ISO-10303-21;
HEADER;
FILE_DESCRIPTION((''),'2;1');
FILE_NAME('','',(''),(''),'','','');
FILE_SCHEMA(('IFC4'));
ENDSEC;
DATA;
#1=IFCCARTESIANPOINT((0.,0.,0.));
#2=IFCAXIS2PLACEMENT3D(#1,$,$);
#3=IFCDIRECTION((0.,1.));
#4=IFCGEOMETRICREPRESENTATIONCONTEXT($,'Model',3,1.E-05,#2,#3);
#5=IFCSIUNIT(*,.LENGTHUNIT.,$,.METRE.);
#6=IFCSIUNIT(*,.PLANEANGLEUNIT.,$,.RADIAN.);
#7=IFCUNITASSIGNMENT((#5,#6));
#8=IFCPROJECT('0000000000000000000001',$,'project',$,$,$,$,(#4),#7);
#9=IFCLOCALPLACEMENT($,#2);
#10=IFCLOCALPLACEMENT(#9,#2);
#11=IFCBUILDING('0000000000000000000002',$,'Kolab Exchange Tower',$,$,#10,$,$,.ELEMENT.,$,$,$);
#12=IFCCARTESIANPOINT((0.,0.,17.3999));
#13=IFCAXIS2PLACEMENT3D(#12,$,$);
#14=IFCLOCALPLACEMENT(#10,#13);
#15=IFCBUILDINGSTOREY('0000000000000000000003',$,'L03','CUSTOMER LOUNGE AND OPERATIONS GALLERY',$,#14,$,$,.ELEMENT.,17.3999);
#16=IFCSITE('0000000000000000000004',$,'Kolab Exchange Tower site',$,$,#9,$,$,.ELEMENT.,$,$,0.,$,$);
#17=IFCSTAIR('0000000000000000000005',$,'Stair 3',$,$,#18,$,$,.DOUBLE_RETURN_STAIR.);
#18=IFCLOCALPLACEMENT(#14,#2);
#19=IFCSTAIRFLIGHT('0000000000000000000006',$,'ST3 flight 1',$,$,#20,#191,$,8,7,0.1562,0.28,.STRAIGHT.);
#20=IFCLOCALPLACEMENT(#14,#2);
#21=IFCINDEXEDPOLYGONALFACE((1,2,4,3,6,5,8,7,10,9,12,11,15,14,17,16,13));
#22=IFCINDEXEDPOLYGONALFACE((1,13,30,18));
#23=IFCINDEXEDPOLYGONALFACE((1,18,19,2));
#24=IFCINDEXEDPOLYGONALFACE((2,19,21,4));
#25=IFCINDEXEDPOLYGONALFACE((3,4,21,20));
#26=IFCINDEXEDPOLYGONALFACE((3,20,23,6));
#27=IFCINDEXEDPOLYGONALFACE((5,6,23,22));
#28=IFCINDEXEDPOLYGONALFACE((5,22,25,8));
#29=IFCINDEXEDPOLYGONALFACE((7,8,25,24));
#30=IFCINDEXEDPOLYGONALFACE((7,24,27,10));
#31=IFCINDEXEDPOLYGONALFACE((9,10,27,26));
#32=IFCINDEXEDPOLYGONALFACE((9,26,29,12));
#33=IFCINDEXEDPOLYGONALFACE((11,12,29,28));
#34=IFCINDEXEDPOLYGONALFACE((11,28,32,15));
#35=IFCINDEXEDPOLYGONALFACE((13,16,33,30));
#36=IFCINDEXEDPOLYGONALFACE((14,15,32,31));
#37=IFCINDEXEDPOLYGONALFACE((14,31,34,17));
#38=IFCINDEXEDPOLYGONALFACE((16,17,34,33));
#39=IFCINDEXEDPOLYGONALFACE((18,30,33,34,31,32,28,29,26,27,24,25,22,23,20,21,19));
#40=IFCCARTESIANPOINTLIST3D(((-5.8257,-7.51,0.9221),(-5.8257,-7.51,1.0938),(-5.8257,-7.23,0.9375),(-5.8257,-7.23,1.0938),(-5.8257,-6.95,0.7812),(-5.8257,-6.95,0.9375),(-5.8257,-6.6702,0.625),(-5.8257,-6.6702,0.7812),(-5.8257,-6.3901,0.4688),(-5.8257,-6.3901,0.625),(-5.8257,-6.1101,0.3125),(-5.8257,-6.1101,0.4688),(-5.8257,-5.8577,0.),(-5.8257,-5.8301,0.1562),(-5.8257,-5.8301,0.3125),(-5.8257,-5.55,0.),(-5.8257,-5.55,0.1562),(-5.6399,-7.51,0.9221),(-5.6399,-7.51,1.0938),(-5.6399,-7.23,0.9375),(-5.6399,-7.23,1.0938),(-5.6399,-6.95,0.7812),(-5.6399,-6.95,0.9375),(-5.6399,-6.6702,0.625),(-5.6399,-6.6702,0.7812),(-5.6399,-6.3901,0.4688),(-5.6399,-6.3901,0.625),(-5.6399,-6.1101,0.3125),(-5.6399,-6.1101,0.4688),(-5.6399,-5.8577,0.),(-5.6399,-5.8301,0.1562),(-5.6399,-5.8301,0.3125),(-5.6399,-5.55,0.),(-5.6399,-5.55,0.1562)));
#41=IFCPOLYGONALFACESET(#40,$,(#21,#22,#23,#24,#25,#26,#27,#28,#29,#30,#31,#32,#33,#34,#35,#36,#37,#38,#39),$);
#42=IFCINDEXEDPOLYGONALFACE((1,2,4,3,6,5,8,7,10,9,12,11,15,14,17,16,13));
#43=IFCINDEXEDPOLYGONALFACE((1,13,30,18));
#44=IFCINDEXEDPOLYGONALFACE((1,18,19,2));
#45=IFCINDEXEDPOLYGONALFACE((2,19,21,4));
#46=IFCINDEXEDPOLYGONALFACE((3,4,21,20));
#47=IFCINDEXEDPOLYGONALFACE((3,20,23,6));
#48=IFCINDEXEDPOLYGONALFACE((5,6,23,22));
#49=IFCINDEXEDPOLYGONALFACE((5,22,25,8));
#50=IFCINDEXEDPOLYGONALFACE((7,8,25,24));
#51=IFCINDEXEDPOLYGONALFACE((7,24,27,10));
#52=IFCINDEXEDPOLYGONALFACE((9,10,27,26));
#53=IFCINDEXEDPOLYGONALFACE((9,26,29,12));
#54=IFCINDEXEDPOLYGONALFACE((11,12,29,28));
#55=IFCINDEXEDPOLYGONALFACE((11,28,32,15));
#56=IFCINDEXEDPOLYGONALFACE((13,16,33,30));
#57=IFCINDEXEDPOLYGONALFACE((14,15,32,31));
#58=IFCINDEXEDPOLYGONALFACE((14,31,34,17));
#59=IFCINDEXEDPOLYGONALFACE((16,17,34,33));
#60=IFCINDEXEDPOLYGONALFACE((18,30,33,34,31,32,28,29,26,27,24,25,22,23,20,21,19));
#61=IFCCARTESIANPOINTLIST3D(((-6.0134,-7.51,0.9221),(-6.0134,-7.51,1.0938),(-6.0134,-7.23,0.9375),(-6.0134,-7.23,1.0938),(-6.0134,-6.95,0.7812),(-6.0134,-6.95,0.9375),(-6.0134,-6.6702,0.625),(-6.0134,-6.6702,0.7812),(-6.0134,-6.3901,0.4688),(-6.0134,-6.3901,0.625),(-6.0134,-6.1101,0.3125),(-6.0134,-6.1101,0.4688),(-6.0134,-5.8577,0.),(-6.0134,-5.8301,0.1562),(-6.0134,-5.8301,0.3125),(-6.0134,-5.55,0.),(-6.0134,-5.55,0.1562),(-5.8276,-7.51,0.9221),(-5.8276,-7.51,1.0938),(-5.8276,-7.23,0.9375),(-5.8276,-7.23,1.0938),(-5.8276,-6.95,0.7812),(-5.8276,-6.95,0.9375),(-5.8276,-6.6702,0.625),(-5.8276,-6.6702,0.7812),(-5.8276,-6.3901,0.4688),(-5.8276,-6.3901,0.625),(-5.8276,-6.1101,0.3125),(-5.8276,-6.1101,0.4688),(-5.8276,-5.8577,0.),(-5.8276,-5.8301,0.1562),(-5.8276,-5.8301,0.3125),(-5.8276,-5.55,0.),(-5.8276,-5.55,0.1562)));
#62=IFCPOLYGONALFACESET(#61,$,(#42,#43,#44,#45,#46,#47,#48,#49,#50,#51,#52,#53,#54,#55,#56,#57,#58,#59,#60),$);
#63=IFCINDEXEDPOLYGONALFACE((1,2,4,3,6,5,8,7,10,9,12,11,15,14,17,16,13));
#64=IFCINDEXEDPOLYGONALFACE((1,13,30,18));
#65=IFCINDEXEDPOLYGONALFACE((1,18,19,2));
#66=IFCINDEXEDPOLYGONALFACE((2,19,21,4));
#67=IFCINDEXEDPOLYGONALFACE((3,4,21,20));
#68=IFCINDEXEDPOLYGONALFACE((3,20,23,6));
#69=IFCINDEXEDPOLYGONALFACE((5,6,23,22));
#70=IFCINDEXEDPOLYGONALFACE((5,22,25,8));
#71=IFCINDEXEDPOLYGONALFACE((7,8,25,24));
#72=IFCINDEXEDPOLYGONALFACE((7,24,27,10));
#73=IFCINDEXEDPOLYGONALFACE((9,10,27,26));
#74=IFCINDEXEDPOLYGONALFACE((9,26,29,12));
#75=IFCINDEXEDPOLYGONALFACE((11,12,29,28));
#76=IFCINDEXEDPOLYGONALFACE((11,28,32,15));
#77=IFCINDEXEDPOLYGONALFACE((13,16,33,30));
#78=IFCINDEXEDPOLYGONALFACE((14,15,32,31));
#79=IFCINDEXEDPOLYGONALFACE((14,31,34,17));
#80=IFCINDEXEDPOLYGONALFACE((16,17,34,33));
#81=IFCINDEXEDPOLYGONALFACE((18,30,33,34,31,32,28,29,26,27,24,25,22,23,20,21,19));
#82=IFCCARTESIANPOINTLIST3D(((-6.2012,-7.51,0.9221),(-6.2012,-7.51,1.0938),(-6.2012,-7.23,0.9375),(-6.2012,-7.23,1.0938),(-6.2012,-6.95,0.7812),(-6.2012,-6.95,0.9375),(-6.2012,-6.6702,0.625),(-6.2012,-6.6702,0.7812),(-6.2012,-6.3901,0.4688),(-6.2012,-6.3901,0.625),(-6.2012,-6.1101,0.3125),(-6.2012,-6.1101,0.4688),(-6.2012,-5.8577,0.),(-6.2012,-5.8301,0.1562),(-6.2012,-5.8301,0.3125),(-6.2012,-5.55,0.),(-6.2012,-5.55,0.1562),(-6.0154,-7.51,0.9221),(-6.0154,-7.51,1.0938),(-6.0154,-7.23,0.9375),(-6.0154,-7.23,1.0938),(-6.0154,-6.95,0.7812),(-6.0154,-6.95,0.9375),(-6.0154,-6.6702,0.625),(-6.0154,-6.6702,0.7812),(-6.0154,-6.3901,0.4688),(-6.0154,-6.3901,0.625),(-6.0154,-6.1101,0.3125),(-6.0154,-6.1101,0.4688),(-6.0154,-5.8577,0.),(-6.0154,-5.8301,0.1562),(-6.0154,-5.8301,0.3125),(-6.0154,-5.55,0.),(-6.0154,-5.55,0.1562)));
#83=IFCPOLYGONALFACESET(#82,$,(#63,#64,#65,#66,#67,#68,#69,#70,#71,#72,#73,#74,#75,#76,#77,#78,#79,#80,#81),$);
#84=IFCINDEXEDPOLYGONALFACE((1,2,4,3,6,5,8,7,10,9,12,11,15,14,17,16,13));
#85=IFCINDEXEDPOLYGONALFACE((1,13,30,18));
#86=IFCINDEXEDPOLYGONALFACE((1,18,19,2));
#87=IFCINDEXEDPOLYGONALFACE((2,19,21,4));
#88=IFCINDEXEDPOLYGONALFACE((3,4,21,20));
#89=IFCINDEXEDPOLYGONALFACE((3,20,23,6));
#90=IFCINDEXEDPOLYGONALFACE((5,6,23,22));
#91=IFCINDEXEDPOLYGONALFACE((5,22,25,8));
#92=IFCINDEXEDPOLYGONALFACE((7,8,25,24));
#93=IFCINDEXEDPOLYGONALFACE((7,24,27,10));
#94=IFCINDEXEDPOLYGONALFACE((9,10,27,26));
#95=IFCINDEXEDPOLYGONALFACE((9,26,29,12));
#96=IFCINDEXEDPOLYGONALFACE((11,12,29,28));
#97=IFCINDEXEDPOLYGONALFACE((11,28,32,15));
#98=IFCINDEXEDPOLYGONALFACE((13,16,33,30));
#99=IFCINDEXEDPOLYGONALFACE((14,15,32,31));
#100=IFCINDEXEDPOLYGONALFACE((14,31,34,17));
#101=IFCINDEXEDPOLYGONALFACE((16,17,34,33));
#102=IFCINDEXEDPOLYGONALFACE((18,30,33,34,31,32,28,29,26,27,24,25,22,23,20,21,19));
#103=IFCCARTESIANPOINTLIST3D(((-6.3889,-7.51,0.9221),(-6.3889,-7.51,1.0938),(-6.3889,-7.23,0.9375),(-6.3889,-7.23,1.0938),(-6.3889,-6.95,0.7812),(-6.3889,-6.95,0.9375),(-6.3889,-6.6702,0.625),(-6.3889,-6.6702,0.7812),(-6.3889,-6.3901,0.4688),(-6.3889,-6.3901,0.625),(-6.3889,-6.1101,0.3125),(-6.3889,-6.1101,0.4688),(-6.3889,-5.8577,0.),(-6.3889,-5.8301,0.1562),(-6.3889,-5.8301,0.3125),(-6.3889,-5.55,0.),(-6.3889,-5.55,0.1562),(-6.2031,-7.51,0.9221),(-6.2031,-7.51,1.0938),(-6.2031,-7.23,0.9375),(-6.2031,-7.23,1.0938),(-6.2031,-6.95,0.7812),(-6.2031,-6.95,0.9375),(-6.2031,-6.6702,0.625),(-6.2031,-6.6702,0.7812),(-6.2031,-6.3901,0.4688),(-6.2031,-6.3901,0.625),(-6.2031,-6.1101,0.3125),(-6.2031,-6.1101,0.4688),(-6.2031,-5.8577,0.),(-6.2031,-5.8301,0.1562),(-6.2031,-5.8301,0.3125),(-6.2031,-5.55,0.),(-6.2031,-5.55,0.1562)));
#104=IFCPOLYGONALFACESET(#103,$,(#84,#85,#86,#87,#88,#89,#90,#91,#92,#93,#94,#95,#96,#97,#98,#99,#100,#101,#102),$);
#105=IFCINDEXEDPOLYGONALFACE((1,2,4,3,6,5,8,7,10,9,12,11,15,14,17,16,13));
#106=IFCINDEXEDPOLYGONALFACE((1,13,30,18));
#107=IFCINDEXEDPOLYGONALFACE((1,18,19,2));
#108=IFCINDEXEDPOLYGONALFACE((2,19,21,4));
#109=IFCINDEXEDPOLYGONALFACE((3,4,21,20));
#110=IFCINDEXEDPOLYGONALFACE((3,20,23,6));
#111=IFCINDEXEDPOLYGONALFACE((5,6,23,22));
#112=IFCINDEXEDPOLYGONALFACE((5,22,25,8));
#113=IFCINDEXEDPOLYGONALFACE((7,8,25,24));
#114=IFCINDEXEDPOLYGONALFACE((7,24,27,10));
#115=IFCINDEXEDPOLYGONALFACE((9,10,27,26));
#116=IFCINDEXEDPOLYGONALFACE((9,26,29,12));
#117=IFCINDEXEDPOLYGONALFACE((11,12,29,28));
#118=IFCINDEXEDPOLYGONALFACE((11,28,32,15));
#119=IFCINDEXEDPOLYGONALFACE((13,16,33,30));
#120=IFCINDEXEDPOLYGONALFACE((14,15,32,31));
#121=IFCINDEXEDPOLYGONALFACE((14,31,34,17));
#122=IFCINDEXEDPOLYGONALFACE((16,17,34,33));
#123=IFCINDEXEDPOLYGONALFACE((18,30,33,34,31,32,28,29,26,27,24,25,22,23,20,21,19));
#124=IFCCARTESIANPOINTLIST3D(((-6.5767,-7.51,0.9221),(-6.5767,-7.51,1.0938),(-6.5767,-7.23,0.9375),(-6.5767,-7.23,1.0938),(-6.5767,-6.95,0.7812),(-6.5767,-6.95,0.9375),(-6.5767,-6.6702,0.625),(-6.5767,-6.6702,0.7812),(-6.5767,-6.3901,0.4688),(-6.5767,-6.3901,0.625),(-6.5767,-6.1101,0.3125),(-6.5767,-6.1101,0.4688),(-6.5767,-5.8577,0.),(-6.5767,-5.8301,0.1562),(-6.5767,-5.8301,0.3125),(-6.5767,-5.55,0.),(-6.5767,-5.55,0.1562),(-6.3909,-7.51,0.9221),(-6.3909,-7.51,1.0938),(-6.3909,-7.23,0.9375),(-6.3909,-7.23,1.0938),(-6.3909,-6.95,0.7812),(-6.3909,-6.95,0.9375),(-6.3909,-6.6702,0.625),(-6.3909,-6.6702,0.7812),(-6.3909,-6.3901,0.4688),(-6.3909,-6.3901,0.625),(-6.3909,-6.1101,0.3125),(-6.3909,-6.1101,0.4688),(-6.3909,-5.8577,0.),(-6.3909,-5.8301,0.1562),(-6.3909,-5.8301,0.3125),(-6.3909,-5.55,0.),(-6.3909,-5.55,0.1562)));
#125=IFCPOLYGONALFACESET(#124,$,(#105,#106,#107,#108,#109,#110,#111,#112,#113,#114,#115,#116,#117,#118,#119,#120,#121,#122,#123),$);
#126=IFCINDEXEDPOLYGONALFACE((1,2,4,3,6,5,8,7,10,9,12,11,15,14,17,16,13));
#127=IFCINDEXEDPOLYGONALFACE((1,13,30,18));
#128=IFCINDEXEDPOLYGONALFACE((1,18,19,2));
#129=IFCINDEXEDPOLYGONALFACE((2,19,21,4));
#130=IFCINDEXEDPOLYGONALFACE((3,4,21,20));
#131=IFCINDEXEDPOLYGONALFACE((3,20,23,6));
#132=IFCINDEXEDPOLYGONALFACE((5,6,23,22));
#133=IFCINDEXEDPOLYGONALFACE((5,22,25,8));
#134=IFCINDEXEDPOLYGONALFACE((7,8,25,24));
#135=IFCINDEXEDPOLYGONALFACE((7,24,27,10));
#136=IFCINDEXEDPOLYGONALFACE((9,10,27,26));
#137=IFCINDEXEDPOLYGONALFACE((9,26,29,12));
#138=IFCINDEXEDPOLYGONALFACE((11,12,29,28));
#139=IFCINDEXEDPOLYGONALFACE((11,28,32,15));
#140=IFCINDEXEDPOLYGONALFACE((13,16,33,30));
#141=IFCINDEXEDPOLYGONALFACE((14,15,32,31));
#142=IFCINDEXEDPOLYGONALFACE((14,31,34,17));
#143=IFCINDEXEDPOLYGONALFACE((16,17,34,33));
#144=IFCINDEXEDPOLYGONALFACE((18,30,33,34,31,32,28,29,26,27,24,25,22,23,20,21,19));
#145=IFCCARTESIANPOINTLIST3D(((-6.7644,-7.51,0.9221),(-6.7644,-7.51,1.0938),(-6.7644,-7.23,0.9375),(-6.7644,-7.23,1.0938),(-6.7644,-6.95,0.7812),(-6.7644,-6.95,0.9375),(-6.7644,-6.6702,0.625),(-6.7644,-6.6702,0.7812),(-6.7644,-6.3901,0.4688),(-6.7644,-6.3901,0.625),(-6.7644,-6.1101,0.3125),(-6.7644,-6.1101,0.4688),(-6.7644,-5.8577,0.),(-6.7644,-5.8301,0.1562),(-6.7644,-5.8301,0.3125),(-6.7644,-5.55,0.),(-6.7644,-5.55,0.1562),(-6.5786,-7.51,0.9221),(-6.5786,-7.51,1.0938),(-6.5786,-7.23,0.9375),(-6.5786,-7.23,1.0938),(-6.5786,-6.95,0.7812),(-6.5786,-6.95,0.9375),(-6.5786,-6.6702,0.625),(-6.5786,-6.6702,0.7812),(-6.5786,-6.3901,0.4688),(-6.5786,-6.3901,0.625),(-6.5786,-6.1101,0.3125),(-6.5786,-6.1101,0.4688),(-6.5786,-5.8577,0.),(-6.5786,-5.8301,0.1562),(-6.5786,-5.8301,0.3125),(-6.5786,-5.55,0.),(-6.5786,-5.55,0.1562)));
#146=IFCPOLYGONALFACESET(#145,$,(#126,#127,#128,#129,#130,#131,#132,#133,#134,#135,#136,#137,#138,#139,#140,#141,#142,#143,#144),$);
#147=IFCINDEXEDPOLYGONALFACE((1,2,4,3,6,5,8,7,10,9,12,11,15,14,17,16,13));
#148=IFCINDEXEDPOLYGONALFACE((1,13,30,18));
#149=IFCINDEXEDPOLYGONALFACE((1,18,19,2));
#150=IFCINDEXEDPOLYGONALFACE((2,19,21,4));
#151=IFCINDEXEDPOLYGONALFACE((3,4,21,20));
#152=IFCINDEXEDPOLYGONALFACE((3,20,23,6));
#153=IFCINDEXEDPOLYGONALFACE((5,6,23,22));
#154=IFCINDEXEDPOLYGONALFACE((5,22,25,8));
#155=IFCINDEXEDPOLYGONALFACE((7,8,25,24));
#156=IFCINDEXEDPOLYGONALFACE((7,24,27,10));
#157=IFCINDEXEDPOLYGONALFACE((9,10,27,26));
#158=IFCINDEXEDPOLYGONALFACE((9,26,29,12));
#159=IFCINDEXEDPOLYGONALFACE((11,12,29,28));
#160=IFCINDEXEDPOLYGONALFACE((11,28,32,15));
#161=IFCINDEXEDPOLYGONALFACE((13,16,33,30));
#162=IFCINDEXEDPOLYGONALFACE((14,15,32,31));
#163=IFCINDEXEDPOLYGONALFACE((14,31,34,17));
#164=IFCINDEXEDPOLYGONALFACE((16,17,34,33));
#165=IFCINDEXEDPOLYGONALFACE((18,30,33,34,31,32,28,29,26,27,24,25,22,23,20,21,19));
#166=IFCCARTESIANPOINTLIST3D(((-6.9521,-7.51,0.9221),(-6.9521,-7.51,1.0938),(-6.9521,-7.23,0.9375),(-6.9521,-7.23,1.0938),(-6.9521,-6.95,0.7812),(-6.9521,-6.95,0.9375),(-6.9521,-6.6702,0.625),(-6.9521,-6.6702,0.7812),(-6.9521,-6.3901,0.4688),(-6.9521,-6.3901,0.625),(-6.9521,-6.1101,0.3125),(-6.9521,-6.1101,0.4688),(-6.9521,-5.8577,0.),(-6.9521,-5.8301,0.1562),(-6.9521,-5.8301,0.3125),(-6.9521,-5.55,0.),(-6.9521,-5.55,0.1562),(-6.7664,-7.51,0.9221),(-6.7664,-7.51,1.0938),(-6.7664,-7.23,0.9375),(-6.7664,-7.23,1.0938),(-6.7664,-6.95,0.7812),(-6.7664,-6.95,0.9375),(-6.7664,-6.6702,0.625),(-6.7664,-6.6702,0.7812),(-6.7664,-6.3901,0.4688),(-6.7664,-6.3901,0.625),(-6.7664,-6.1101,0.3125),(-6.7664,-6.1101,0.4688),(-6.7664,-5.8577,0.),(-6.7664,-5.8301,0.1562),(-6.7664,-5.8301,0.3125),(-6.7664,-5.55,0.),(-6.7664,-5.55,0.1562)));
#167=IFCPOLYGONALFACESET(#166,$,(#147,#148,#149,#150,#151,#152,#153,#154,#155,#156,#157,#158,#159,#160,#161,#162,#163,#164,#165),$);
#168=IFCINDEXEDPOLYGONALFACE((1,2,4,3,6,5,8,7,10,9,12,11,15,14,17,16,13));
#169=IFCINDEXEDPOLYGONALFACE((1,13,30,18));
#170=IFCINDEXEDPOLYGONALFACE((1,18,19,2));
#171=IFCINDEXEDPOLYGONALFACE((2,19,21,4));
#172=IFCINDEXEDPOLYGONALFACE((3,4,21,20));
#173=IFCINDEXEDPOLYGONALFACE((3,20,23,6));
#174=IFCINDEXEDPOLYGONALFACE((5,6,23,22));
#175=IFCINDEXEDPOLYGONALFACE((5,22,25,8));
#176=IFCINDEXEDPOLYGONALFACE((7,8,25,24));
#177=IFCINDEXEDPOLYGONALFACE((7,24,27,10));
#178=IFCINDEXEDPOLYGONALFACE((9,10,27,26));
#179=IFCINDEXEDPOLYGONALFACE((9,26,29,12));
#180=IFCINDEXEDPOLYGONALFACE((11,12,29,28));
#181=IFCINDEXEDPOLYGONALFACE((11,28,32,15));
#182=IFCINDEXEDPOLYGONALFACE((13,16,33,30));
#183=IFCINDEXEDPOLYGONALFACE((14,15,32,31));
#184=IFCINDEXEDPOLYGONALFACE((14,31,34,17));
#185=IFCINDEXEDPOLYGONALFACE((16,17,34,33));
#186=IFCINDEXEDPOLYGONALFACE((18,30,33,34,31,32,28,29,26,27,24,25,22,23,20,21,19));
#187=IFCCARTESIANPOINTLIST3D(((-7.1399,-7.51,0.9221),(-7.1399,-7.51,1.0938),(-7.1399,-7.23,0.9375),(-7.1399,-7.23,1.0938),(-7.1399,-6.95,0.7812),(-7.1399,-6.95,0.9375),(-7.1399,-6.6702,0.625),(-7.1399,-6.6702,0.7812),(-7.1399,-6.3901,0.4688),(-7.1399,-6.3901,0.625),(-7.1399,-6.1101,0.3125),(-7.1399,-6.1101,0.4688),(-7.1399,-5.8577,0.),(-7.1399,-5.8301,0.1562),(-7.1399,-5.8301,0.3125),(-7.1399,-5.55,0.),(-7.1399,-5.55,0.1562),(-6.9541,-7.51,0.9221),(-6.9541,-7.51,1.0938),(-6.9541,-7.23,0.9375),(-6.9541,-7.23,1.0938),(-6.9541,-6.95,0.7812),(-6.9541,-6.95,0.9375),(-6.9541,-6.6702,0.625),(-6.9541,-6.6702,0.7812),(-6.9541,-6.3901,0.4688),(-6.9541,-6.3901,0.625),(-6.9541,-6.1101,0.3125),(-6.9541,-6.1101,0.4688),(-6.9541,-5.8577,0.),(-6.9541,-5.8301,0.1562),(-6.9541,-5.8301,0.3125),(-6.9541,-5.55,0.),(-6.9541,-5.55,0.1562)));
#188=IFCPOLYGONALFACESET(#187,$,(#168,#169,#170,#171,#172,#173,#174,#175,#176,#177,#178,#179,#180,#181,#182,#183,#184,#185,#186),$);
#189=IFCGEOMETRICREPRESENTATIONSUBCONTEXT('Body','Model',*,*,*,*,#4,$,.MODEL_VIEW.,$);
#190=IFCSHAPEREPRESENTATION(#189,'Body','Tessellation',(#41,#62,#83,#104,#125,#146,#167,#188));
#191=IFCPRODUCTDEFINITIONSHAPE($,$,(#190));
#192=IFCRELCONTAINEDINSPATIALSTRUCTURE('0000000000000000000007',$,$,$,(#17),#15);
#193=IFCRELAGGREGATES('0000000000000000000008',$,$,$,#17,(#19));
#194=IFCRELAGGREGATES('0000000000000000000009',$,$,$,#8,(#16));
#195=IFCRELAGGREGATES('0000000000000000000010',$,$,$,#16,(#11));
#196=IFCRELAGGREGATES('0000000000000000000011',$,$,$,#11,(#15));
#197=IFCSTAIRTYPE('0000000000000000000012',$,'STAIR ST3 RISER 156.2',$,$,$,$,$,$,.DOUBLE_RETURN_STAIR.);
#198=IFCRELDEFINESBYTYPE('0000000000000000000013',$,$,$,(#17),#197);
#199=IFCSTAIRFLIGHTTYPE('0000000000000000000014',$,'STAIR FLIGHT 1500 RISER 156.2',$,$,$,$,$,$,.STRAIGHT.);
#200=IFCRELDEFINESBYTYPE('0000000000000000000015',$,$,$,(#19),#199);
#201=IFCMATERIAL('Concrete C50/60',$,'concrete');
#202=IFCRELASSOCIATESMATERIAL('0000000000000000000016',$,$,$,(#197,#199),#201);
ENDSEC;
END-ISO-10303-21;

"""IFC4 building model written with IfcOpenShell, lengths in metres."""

from ifc_helpers import new_model, si_unit, direction, frame, origin, place, context, subcontext, project, spatial, polyline, outline, extrude, material, type_object, element, aggregate, save


model = new_model("IFC4")

# Units and contexts
model_context = context("Model", 3, precision=1e-05, world=origin(), true_north=direction((0.0, 1.0)))
body_context = subcontext(model_context, "Body", "Model", "MODEL_VIEW")
ifc_project = project(units=[si_unit("LENGTHUNIT", "METRE"), si_unit("PLANEANGLEUNIT", "RADIAN")], contexts=[model_context])

# Site, building, storey
site_placement = place(None, origin())
site = spatial("IfcSite", under=ifc_project, at=site_placement, Name="Kolab Exchange Tower site", CompositionType="ELEMENT", RefElevation=0.0)
building_placement = place(site_placement, origin())
building = spatial("IfcBuilding", under=site, at=building_placement, Name="Kolab Exchange Tower", CompositionType="ELEMENT")
storey_placement = place(building_placement, frame((0.0, 0.0, 17.3999)))
storey = spatial("IfcBuildingStorey", under=building, at=storey_placement, Name="L03", Description="CUSTOMER LOUNGE AND OPERATIONS GALLERY", CompositionType="ELEMENT", Elevation=17.3999)

# Shared definitions
ifc_material_1 = material(Name="Concrete C50/60", Category="concrete")

# Stair, stair flight
stair_type = type_object("IfcStairType", Name="STAIR ST3 RISER 156.2", PredefinedType="DOUBLE_RETURN_STAIR", material=ifc_material_1)
stair_placement = place(storey_placement, origin())
stair = element("IfcStair", 1, at=stair_placement, inside=storey, type_object=stair_type, Name="Stair 3", PredefinedType="DOUBLE_RETURN_STAIR")
stair_flight_type = type_object("IfcStairFlightType", Name="STAIR FLIGHT 1500 RISER 156.2", PredefinedType="STRAIGHT", material=ifc_material_1)
stair_flight_1_placement = place(storey_placement, frame((-6.3899, -5.55, 0.0), z_axis=(0.0, 0.0, 1.0), x_axis=(0.0, -1.0, 0.0)))
stair_flight_1 = element("IfcStairFlight", 2, at=stair_flight_1_placement, type_object=stair_flight_type, Name="ST3 flight 1", NumberOfRisers=8, NumberOfTreads=7, PredefinedType="STRAIGHT", RiserHeight=0.1562, TreadLength=0.28, context=body_context, shape_type="SweptSolid", body=[
    extrude(outline(polyline([(0.0, 0.0), (0.0, 0.1562), (0.28, 0.1562), (0.28, 0.3125), (0.5601, 0.3125), (0.5601, 0.4688), (0.8401, 0.4688), (0.8401, 0.625), (1.1201, 0.625), (1.1201, 0.7812), (1.3999, 0.7812), (1.3999, 0.9375), (1.6799, 0.9375), (1.6799, 1.0938), (1.96, 1.0938), (1.96, 1.25), (1.96, 0.9221), (0.3076, 0.0), (0.0, 0.0)])), frame((0.0, 0.75, 0.0), z_axis=(0.0, -1.0, 0.0), x_axis=(1.0, 0.0, 0.0)), (0.0, 0.0, 1.0), 0.1858),
    extrude(outline(polyline([(0.0, 0.0), (0.0, 0.1562), (0.28, 0.1562), (0.28, 0.3125), (0.5601, 0.3125), (0.5601, 0.4688), (0.8401, 0.4688), (0.8401, 0.625), (1.1201, 0.625), (1.1201, 0.7812), (1.3999, 0.7812), (1.3999, 0.9375), (1.6799, 0.9375), (1.6799, 1.0938), (1.96, 1.0938), (1.96, 1.25), (1.96, 0.9221), (0.3076, 0.0), (0.0, 0.0)])), frame((0.0, 0.5623, 0.0), z_axis=(0.0, -1.0, 0.0), x_axis=(1.0, 0.0, 0.0)), (0.0, 0.0, 1.0), 0.1858),
    extrude(outline(polyline([(0.0, 0.0), (0.0, 0.1562), (0.28, 0.1562), (0.28, 0.3125), (0.5601, 0.3125), (0.5601, 0.4688), (0.8401, 0.4688), (0.8401, 0.625), (1.1201, 0.625), (1.1201, 0.7812), (1.3999, 0.7812), (1.3999, 0.9375), (1.6799, 0.9375), (1.6799, 1.0938), (1.96, 1.0938), (1.96, 1.25), (1.96, 0.9221), (0.3076, 0.0), (0.0, 0.0)])), frame((0.0, 0.3745, 0.0), z_axis=(0.0, -1.0, 0.0), x_axis=(1.0, 0.0, 0.0)), (0.0, 0.0, 1.0), 0.1858),
    extrude(outline(polyline([(0.0, 0.0), (0.0, 0.1562), (0.28, 0.1562), (0.28, 0.3125), (0.5601, 0.3125), (0.5601, 0.4688), (0.8401, 0.4688), (0.8401, 0.625), (1.1201, 0.625), (1.1201, 0.7812), (1.3999, 0.7812), (1.3999, 0.9375), (1.6799, 0.9375), (1.6799, 1.0938), (1.96, 1.0938), (1.96, 1.25), (1.96, 0.9221), (0.3076, 0.0), (0.0, 0.0)])), frame((0.0, 0.1868, 0.0), z_axis=(0.0, -1.0, 0.0), x_axis=(1.0, 0.0, 0.0)), (0.0, 0.0, 1.0), 0.1858),
    extrude(outline(polyline([(0.0, 0.0), (0.0, 0.1562), (0.28, 0.1562), (0.28, 0.3125), (0.5601, 0.3125), (0.5601, 0.4688), (0.8401, 0.4688), (0.8401, 0.625), (1.1201, 0.625), (1.1201, 0.7812), (1.3999, 0.7812), (1.3999, 0.9375), (1.6799, 0.9375), (1.6799, 1.0938), (1.96, 1.0938), (1.96, 1.25), (1.96, 0.9221), (0.3076, 0.0), (0.0, 0.0)])), frame((0.0, -0.001, 0.0), z_axis=(0.0, -1.0, 0.0), x_axis=(1.0, 0.0, 0.0)), (0.0, 0.0, 1.0), 0.1858),
    extrude(outline(polyline([(0.0, 0.0), (0.0, 0.1562), (0.28, 0.1562), (0.28, 0.3125), (0.5601, 0.3125), (0.5601, 0.4688), (0.8401, 0.4688), (0.8401, 0.625), (1.1201, 0.625), (1.1201, 0.7812), (1.3999, 0.7812), (1.3999, 0.9375), (1.6799, 0.9375), (1.6799, 1.0938), (1.96, 1.0938), (1.96, 1.25), (1.96, 0.9221), (0.3076, 0.0), (0.0, 0.0)])), frame((0.0, -0.1887, 0.0), z_axis=(0.0, -1.0, 0.0), x_axis=(1.0, 0.0, 0.0)), (0.0, 0.0, 1.0), 0.1858),
    extrude(outline(polyline([(0.0, 0.0), (0.0, 0.1562), (0.28, 0.1562), (0.28, 0.3125), (0.5601, 0.3125), (0.5601, 0.4688), (0.8401, 0.4688), (0.8401, 0.625), (1.1201, 0.625), (1.1201, 0.7812), (1.3999, 0.7812), (1.3999, 0.9375), (1.6799, 0.9375), (1.6799, 1.0938), (1.96, 1.0938), (1.96, 1.25), (1.96, 0.9221), (0.3076, 0.0), (0.0, 0.0)])), frame((0.0, -0.3765, 0.0), z_axis=(0.0, -1.0, 0.0), x_axis=(1.0, 0.0, 0.0)), (0.0, 0.0, 1.0), 0.1858),
    extrude(outline(polyline([(0.0, 0.0), (0.0, 0.1562), (0.28, 0.1562), (0.28, 0.3125), (0.5601, 0.3125), (0.5601, 0.4688), (0.8401, 0.4688), (0.8401, 0.625), (1.1201, 0.625), (1.1201, 0.7812), (1.3999, 0.7812), (1.3999, 0.9375), (1.6799, 0.9375), (1.6799, 1.0938), (1.96, 1.0938), (1.96, 1.25), (1.96, 0.9221), (0.3076, 0.0), (0.0, 0.0)])), frame((0.0, -0.5642, 0.0), z_axis=(0.0, -1.0, 0.0), x_axis=(1.0, 0.0, 0.0)), (0.0, 0.0, 1.0), 0.1858),
])
aggregate(stair, [stair_flight_1])

save(model, "model.ifc")
